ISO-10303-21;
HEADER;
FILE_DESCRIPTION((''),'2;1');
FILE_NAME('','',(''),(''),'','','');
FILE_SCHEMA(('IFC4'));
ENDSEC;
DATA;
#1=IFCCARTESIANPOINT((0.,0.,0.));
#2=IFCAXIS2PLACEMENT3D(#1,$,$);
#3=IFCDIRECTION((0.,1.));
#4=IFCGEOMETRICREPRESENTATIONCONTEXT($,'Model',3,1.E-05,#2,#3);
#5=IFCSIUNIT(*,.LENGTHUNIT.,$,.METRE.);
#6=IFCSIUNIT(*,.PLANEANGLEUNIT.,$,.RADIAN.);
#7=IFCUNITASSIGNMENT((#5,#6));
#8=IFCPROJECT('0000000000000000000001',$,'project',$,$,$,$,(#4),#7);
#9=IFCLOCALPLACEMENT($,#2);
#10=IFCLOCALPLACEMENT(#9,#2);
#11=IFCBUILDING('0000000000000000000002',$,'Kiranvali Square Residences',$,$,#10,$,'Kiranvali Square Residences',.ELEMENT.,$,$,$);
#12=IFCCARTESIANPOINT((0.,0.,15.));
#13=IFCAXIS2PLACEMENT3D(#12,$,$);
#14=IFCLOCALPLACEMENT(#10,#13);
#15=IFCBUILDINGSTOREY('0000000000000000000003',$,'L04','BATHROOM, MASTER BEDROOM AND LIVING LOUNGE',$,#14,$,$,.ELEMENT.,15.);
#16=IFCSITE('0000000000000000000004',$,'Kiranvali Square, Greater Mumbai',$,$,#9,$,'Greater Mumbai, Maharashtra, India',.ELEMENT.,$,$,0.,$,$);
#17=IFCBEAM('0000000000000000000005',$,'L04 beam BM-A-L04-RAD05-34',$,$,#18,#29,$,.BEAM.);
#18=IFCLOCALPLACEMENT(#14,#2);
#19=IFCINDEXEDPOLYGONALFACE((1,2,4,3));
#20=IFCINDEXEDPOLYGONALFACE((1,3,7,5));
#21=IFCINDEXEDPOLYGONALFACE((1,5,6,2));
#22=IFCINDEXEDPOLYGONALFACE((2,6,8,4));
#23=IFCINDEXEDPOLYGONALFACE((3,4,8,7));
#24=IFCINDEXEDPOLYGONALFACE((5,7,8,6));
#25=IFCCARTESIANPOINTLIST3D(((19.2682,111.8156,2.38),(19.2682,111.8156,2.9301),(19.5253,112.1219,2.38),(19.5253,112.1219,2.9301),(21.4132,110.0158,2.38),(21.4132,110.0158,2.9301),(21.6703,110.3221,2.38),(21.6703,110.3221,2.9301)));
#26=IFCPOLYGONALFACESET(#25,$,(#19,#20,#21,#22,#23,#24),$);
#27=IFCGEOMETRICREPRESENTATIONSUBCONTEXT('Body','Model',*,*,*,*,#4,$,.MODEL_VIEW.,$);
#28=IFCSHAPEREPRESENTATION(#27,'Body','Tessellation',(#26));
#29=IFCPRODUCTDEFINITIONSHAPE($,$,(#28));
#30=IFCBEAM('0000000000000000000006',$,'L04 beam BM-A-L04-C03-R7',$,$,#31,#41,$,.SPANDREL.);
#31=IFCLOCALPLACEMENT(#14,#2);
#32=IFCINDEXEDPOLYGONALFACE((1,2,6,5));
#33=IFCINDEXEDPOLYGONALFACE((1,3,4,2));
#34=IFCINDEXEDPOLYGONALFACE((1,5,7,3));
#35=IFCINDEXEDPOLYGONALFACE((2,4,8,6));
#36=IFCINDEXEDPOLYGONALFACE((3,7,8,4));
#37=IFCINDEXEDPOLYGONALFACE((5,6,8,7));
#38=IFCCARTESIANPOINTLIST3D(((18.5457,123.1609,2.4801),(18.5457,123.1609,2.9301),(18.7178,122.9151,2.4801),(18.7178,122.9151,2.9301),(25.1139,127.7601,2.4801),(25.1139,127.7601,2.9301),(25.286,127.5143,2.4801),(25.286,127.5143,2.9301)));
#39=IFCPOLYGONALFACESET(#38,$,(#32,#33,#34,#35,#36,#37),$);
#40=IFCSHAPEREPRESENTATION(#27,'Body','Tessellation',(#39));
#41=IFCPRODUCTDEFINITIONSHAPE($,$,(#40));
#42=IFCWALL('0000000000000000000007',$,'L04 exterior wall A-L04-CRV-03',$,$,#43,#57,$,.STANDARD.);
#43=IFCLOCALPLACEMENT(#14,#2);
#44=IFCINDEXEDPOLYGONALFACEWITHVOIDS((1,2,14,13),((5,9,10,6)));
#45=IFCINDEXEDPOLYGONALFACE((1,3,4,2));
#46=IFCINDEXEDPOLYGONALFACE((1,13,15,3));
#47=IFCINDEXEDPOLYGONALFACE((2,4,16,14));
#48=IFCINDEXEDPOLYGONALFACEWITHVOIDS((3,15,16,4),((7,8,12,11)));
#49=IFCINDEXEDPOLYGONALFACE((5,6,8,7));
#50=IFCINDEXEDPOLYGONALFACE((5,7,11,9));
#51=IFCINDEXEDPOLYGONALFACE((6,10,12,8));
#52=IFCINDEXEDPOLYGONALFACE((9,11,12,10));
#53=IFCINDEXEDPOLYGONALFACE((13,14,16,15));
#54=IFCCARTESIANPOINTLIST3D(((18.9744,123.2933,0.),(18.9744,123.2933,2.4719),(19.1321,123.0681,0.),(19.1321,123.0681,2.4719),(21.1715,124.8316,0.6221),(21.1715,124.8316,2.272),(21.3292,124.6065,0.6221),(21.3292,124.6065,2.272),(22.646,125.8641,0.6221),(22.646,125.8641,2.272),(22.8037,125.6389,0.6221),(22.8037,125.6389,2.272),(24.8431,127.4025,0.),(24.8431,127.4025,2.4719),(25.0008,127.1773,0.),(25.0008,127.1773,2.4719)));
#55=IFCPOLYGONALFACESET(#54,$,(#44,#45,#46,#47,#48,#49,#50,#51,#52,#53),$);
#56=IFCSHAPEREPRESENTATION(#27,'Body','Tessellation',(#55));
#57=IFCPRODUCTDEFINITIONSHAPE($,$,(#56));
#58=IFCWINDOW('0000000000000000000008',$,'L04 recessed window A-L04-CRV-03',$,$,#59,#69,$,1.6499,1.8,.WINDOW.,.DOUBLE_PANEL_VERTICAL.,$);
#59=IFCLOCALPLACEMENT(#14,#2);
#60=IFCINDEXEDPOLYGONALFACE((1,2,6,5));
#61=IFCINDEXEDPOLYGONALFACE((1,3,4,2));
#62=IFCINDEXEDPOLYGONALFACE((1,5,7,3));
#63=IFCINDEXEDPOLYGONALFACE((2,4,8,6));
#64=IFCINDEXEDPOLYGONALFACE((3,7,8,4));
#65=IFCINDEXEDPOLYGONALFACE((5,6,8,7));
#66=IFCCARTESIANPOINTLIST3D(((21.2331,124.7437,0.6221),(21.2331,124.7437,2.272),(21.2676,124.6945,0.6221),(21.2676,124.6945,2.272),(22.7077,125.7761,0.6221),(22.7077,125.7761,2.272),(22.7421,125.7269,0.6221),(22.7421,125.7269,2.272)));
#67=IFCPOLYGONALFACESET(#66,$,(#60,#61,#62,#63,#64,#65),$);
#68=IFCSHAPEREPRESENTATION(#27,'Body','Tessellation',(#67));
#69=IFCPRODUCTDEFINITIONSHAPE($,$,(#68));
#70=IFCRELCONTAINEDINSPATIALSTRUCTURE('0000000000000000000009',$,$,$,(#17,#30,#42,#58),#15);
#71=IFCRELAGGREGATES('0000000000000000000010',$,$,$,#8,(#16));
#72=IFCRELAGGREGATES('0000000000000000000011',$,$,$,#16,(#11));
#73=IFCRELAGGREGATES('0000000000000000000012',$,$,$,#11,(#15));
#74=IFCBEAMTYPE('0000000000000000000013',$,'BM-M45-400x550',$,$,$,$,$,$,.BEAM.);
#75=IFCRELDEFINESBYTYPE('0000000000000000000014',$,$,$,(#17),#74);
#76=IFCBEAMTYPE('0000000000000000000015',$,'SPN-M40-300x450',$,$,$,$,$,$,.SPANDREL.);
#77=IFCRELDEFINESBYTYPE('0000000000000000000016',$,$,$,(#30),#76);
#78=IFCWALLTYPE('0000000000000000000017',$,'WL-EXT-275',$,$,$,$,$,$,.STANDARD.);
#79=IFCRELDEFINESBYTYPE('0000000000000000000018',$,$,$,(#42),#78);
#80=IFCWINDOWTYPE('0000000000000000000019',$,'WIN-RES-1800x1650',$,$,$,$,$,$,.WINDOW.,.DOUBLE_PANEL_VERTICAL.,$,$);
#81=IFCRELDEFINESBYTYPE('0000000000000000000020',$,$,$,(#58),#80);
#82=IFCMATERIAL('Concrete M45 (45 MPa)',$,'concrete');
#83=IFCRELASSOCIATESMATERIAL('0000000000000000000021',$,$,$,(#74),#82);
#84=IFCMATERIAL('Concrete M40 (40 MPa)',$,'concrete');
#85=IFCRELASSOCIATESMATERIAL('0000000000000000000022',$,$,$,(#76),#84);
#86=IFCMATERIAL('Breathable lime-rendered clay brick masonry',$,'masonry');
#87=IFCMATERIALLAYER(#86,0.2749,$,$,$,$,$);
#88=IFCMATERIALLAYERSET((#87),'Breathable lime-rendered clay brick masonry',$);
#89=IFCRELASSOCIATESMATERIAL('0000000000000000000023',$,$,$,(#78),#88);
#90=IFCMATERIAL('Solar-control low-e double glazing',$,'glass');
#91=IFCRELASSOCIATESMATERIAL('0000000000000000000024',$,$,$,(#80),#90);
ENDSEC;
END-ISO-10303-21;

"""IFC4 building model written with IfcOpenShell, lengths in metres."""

from ifc_helpers import new_model, si_unit, direction, frame, frame_2d, origin, origin_2d, place, context, subcontext, project, spatial, rectangle, extrude, material, layer, layer_set, material_profile, profile_set, type_object, element, fill, save


model = new_model("IFC4")

# Units and contexts
model_context = context("Model", 3, precision=1e-05, world=origin(), true_north=direction((0.0, 1.0)))
body_context = subcontext(model_context, "Body", "Model", "MODEL_VIEW")
ifc_project = project(units=[si_unit("LENGTHUNIT", "METRE"), si_unit("PLANEANGLEUNIT", "RADIAN")], contexts=[model_context])

# Site, building, storey
site_placement = place(None, origin())
site = spatial("IfcSite", under=ifc_project, at=site_placement, Name="Kiranvali Square, Greater Mumbai", LongName="Greater Mumbai, Maharashtra, India", CompositionType="ELEMENT", RefElevation=0.0)
building_placement = place(site_placement, origin())
building = spatial("IfcBuilding", under=site, at=building_placement, Name="Kiranvali Square Residences", LongName="Kiranvali Square Residences", CompositionType="ELEMENT")
storey_placement = place(building_placement, frame((0.0, 0.0, 15.0)))
storey = spatial("IfcBuildingStorey", under=building, at=storey_placement, Name="L04", Description="BATHROOM, MASTER BEDROOM AND LIVING LOUNGE", CompositionType="ELEMENT", Elevation=15.0)

# Beams
ifc_material_1 = material(Name="Concrete M45 (45 MPa)", Category="concrete")
ifc_material_profile_1 = material_profile(ifc_material_1, rectangle(XDim=0.3999, YDim=0.55, at=origin_2d()), Name="RC 400x550")
ifc_profile_set_1 = profile_set([ifc_material_profile_1], Name="Concrete M45 (45 MPa)")
beam_type_1 = type_object("IfcBeamType", Name="BM-M45-400x550", PredefinedType="BEAM", material=ifc_profile_set_1)
for number, where, z_axis, x_axis, name in (
    (1, (21.5417, 110.1689, 2.655), (-0.766059, 0.642771, 0.0), (-0.642771, -0.766059, 0.0), "L04 beam BM-A-L04-RAD05-34"),
):
    element("IfcBeam", number, at=place(storey_placement, frame(where, z_axis=z_axis, x_axis=x_axis)), inside=storey, type_object=beam_type_1, Name=name, PredefinedType="BEAM", context=body_context, shape_type="SweptSolid", body=[
        extrude(rectangle(XDim=0.3999, YDim=0.55, at=origin_2d()), origin(), (0.0, 0.0, 1.0), 2.8),
    ])
ifc_material_2 = material(Name="Concrete M40 (40 MPa)", Category="concrete")
ifc_material_profile_2 = material_profile(ifc_material_2, rectangle(XDim=0.3, YDim=0.45, at=origin_2d()), Name="RC 300x450")
ifc_profile_set_2 = profile_set([ifc_material_profile_2], Name="Concrete M40 (40 MPa)")
beam_type_2 = type_object("IfcBeamType", Name="SPN-M40-300x450", PredefinedType="SPANDREL", material=ifc_profile_set_2)
beam_1_placement = place(storey_placement, frame((25.2, 127.6372, 2.7051), z_axis=(-0.819148, -0.573583, 0.0), x_axis=(0.573583, -0.819148, 0.0)))
element("IfcBeam", 2, at=beam_1_placement, inside=storey, type_object=beam_type_2, Name="L04 beam BM-A-L04-C03-R7", PredefinedType="SPANDREL", context=body_context, shape_type="SweptSolid", body=[
    extrude(rectangle(XDim=0.3, YDim=0.45, at=origin_2d()), origin(), (0.0, 0.0, 1.0), 8.0183),
])

# Wall, opening, window
ifc_material_3 = material(Name="Breathable lime-rendered clay brick masonry", Category="masonry")
ifc_layer = layer(ifc_material_3, 0.2749)
ifc_layer_set = layer_set([ifc_layer], Name="Breathable lime-rendered clay brick masonry")
wall_type = type_object("IfcWallType", Name="WL-EXT-275", PredefinedType="STANDARD", material=ifc_layer_set)
wall_placement = place(storey_placement, frame((24.9219, 127.2898, 0.0), z_axis=(0.0, 0.0, 1.0), x_axis=(-0.819161, -0.573563, 0.0)))
wall = element("IfcWall", 3, at=wall_placement, inside=storey, type_object=wall_type, Name="L04 exterior wall A-L04-CRV-03", PredefinedType="STANDARD", context=body_context, shape_type="SweptSolid", body=[
    extrude(rectangle(XDim=7.1643, YDim=0.2749, at=frame_2d((3.582, 0.0))), origin(), (0.0, 0.0, 1.0), 2.4719),
])
opening_placement = place(wall_placement, frame((2.6821, 0.0, 0.6221)))
opening = element("IfcOpeningElement", 4, at=opening_placement, cuts=wall, PredefinedType="OPENING", context=body_context, shape_type="SweptSolid", body=[
    extrude(rectangle(XDim=1.8, YDim=1.6499, at=frame_2d((0.8999, 0.825))), frame((0.0, 0.1475, 0.0), z_axis=(0.0, -1.0, 0.0), x_axis=(1.0, 0.0, 0.0)), (0.0, 0.0, 1.0), 0.2949),
])
ifc_material_4 = material(Name="Solar-control low-e double glazing", Category="glass")
window_type = type_object("IfcWindowType", Name="WIN-RES-1800x1650", PartitioningType="DOUBLE_PANEL_VERTICAL", PredefinedType="WINDOW", material=ifc_material_4)
window_placement = place(opening_placement, origin())
window = element("IfcWindow", 5, at=window_placement, inside=storey, type_object=window_type, Name="L04 recessed window A-L04-CRV-03", OverallHeight=1.6499, OverallWidth=1.8, PartitioningType="DOUBLE_PANEL_VERTICAL", PredefinedType="WINDOW", context=body_context, shape_type="SweptSolid", body=[
    extrude(rectangle(XDim=1.8, YDim=1.6499, at=frame_2d((0.8999, 0.825))), frame((0.0, 0.03, 0.0), z_axis=(0.0, -1.0, 0.0), x_axis=(1.0, 0.0, 0.0)), (0.0, 0.0, 1.0), 0.0601),
])
fill(opening, window)

save(model, "model.ifc")
